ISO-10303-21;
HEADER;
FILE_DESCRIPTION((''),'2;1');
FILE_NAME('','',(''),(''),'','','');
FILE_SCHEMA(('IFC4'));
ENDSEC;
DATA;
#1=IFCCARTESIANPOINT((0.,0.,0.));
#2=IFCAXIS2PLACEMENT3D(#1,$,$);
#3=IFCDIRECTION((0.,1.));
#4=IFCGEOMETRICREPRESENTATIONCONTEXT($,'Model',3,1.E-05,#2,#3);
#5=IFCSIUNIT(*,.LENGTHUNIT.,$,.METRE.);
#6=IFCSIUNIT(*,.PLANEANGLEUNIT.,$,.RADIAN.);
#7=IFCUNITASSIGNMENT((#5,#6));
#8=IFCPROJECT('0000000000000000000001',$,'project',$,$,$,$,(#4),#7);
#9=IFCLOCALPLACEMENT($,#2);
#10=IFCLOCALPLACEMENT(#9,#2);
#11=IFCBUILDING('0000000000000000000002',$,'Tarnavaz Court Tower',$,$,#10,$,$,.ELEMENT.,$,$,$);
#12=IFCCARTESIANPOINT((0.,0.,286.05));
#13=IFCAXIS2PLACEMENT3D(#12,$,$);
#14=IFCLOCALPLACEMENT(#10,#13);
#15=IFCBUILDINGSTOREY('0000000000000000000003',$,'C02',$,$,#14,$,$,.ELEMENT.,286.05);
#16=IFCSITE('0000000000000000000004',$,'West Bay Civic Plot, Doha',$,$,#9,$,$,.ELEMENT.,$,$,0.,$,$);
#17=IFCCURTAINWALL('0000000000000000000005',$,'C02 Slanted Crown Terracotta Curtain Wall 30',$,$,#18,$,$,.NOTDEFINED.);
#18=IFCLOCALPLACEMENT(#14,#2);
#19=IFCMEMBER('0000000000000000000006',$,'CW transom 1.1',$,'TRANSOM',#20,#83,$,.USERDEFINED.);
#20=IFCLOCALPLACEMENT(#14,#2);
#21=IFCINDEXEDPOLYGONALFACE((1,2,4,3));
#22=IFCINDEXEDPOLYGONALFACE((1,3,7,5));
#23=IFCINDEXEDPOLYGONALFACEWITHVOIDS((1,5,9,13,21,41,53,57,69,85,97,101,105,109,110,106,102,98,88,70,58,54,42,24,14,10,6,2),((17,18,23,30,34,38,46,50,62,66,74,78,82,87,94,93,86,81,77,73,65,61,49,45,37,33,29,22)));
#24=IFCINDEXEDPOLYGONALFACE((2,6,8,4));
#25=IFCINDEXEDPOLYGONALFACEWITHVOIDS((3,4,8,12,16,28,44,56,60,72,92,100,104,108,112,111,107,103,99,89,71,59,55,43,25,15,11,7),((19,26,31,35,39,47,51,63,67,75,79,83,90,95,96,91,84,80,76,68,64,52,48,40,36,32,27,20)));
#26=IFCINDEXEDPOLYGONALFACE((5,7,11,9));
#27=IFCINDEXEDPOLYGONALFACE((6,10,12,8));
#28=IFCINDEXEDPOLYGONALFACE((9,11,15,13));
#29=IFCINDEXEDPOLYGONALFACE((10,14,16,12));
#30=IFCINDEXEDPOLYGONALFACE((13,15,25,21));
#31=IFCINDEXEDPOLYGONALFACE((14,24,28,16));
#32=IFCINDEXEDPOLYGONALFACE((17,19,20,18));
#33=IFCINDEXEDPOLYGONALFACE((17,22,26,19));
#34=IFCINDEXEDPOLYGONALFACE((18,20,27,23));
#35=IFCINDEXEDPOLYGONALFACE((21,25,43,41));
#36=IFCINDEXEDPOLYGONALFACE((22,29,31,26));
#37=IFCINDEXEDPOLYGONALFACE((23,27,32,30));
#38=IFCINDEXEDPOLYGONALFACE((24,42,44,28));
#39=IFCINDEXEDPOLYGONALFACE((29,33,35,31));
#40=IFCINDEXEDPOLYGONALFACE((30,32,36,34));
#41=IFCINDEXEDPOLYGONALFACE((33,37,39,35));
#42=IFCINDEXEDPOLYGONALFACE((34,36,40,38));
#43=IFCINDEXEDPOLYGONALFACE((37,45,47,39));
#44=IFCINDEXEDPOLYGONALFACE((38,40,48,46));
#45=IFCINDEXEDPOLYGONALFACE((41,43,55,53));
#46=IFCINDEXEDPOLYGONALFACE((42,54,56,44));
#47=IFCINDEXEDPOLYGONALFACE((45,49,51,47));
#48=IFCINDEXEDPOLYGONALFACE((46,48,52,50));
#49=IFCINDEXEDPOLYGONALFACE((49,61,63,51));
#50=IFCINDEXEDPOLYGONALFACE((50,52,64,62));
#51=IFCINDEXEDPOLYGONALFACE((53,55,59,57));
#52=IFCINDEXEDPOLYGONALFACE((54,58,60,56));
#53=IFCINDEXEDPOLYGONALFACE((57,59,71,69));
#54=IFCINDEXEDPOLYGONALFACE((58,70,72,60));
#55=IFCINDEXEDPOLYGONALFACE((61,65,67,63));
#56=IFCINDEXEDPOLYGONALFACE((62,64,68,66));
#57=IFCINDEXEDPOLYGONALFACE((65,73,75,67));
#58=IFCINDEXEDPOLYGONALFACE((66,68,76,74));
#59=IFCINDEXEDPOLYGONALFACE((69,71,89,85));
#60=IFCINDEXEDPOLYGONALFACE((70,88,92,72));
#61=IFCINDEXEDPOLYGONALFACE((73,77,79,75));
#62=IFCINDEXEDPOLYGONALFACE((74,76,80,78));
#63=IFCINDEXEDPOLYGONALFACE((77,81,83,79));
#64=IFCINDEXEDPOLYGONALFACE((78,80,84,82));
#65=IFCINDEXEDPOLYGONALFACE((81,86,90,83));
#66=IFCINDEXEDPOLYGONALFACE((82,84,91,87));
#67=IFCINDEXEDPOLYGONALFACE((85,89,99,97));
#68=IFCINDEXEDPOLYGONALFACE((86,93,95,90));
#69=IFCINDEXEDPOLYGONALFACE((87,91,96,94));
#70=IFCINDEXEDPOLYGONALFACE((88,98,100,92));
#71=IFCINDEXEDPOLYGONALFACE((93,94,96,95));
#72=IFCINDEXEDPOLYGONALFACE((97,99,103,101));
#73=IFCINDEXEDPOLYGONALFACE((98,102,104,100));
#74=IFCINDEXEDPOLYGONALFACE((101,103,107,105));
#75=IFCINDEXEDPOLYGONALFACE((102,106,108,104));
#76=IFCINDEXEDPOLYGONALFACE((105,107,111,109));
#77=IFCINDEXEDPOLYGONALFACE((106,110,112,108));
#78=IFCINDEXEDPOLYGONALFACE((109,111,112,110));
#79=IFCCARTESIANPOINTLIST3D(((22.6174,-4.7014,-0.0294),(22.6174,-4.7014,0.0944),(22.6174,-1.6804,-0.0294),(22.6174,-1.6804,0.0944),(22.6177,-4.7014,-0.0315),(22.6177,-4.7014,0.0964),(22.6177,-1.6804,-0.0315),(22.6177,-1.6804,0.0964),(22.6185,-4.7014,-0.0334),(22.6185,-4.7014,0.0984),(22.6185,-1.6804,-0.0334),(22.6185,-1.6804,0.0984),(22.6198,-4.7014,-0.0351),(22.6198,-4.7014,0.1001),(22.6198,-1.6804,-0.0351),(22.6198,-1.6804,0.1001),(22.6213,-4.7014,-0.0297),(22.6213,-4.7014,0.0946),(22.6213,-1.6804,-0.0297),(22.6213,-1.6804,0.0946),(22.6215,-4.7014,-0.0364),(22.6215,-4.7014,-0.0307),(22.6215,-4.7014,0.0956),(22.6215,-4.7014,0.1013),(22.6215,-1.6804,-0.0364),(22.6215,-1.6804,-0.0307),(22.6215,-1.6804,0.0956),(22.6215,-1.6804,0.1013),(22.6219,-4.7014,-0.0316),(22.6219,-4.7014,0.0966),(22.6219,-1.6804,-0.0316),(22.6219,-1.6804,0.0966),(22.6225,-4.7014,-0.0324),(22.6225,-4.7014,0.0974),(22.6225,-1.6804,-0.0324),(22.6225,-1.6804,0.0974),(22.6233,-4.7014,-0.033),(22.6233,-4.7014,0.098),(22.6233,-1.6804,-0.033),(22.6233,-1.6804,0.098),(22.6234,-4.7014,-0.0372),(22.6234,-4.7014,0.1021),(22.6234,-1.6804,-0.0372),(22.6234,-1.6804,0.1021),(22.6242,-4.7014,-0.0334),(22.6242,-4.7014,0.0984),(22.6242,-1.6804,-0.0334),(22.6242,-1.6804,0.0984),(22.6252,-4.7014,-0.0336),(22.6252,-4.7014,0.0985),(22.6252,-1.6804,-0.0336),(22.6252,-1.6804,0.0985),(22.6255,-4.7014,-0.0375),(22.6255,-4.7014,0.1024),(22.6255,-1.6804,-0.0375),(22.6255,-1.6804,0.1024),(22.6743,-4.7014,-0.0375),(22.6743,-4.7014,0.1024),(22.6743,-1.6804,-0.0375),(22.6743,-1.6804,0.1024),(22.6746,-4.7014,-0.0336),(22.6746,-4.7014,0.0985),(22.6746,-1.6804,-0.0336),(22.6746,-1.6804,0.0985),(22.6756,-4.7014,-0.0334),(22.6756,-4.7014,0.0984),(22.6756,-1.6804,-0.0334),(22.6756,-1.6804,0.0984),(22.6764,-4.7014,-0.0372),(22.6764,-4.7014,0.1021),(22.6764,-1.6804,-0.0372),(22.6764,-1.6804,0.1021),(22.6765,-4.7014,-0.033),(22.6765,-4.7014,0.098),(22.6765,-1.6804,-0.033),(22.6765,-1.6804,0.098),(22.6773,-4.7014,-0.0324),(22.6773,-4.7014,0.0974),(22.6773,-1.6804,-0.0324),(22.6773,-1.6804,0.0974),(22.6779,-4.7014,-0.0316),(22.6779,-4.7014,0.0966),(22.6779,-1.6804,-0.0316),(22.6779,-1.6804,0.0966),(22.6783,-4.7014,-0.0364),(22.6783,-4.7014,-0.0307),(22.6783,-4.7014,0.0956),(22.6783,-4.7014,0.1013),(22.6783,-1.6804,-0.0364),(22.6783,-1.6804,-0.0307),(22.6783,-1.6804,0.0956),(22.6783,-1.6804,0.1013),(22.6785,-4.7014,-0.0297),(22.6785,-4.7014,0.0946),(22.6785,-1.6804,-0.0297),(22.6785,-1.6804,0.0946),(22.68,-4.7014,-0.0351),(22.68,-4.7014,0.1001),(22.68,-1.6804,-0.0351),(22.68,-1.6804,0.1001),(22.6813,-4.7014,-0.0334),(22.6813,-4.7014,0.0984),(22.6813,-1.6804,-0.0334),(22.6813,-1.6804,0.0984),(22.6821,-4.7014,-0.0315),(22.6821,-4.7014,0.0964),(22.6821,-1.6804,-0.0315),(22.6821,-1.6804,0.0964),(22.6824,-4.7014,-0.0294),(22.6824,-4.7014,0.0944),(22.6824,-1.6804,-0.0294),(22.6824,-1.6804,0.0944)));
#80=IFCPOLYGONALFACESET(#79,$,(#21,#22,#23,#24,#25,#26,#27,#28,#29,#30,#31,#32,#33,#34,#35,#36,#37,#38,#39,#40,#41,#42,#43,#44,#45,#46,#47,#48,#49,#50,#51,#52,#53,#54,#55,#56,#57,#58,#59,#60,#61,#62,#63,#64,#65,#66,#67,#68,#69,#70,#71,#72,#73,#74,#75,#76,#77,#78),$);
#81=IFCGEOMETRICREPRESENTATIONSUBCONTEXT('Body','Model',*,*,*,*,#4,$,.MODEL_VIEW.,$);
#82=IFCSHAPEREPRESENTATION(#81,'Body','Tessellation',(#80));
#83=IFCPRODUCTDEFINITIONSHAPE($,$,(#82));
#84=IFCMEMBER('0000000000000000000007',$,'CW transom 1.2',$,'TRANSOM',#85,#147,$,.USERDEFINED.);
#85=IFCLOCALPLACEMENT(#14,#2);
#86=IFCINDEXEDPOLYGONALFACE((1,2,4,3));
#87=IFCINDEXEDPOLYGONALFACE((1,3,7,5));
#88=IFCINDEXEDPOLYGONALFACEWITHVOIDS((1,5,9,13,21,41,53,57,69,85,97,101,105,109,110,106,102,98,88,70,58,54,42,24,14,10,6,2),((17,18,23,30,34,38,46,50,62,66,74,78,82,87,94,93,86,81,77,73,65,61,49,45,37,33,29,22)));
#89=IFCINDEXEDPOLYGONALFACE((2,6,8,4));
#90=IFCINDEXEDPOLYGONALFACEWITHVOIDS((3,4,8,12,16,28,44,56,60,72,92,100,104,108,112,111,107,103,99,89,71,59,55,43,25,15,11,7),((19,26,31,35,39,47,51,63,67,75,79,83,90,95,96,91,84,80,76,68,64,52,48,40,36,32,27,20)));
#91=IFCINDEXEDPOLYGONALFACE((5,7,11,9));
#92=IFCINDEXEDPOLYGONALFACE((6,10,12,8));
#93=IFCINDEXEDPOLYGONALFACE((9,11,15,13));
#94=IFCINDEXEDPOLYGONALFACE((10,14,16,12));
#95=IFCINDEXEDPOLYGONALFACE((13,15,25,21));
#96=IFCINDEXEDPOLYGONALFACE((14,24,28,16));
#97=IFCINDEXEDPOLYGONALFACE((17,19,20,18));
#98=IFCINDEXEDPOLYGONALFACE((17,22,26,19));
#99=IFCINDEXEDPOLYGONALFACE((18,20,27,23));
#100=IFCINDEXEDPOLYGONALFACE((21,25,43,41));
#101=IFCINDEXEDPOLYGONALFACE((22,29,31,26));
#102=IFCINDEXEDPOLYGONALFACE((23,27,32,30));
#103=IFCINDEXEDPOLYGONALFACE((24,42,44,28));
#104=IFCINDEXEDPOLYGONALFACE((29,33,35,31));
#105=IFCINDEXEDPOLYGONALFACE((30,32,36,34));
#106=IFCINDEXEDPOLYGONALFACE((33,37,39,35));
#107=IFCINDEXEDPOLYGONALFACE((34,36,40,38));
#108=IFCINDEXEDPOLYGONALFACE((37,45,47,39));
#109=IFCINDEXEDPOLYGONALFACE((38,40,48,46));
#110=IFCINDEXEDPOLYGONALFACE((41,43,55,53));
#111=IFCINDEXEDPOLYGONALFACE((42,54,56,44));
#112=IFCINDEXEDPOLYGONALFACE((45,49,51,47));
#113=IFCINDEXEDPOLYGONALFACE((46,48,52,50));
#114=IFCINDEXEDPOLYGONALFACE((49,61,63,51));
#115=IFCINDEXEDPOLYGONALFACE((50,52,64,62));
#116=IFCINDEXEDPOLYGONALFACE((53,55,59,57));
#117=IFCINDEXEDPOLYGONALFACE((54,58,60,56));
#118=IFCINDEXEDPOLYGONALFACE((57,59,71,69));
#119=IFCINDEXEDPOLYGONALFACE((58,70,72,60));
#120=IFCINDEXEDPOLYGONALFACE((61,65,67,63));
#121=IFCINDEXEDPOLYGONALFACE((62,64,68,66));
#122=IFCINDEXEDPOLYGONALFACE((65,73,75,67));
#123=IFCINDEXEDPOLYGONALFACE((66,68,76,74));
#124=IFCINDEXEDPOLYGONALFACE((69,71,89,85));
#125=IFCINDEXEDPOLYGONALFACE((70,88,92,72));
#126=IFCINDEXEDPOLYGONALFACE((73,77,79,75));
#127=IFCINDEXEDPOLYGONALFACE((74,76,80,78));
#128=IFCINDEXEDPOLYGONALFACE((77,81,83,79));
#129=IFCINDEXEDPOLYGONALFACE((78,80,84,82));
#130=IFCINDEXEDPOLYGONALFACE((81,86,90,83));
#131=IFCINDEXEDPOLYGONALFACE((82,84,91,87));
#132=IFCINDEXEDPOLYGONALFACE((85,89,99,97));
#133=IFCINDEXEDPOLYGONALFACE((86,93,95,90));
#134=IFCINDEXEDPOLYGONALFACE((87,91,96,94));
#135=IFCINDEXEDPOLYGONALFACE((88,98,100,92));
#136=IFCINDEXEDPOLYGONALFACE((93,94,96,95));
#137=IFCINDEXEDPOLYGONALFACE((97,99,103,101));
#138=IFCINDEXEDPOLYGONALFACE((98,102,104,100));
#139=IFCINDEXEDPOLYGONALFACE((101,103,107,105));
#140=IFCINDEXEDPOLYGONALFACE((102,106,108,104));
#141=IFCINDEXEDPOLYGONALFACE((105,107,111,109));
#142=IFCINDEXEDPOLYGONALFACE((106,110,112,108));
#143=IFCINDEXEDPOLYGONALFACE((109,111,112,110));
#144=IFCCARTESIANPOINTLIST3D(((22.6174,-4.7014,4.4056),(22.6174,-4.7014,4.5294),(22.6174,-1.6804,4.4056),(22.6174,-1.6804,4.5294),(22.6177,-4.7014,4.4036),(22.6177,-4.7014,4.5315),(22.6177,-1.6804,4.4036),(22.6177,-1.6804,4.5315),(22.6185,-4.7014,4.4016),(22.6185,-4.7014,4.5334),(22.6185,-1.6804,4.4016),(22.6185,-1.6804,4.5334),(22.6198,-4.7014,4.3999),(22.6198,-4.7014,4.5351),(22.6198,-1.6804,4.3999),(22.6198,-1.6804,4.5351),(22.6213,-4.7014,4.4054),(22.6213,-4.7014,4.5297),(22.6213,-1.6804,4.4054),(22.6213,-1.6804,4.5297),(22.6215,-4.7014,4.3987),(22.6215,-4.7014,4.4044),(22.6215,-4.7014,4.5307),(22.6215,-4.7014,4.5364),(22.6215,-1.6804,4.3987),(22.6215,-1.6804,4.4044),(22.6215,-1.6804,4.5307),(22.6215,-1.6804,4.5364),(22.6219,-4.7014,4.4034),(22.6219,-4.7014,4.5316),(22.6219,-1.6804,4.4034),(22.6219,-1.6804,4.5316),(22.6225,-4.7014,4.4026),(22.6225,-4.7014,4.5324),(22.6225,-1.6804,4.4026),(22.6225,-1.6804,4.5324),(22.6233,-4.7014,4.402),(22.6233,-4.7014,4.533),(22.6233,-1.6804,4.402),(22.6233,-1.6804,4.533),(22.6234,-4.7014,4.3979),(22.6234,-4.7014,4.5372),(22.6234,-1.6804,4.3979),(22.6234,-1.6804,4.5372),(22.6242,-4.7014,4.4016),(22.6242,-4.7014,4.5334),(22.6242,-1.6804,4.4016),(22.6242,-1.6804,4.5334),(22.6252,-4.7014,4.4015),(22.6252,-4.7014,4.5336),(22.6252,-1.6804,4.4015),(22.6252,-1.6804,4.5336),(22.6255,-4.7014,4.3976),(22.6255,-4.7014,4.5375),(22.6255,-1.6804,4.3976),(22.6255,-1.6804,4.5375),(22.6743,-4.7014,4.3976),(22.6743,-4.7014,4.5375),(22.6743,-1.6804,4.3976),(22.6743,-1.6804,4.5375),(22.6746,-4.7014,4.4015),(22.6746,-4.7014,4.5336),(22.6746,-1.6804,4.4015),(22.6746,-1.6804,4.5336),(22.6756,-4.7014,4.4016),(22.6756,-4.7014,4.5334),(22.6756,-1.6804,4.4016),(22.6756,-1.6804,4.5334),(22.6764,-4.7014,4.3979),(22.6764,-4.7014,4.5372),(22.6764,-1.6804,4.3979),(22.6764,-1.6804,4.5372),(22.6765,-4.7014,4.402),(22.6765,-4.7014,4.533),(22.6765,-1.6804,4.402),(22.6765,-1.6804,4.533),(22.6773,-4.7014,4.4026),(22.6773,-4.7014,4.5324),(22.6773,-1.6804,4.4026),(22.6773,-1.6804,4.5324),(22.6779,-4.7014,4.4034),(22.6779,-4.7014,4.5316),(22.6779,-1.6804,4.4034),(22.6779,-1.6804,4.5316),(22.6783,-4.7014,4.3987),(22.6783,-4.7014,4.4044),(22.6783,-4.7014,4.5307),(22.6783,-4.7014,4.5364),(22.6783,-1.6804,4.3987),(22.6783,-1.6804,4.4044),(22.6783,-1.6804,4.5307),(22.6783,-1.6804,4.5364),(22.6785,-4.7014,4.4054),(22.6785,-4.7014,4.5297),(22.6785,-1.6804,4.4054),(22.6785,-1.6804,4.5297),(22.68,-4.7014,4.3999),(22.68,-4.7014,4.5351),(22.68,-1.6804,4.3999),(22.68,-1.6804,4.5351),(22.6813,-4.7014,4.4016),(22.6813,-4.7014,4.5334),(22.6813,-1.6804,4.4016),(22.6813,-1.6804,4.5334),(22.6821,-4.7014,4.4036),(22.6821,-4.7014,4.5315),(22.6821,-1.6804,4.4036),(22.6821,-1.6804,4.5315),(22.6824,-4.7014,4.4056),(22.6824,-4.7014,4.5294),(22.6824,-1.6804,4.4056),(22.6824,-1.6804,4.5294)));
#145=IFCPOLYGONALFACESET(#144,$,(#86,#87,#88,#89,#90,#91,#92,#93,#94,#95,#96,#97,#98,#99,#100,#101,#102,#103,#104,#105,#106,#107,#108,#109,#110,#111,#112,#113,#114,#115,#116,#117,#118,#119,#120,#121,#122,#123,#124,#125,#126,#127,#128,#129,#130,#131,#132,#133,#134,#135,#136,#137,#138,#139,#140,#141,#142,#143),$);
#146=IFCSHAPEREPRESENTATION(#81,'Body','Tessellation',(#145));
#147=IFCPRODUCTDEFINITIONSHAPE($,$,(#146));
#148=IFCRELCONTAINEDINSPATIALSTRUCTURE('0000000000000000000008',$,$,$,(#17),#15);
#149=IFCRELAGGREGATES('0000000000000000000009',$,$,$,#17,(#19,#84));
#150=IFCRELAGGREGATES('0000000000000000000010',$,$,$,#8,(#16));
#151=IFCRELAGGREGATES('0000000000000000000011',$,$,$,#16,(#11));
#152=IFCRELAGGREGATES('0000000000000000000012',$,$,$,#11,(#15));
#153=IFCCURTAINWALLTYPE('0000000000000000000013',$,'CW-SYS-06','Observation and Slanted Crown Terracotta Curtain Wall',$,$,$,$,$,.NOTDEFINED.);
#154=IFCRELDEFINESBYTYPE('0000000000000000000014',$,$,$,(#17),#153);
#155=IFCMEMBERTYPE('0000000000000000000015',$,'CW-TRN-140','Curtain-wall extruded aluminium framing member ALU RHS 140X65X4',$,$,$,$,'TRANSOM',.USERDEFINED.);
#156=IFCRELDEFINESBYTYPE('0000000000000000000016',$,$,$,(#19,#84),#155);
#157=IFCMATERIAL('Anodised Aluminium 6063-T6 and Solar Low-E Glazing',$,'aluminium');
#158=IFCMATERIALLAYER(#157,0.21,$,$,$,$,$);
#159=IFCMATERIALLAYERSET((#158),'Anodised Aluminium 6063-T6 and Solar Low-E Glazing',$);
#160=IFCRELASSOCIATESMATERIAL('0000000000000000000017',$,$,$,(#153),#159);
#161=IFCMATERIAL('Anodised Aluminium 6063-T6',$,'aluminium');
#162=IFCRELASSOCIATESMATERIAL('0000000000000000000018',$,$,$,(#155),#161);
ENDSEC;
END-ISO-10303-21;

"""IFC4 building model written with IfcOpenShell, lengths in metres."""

from ifc_helpers import new_model, si_unit, direction, frame, origin, origin_2d, place, context, subcontext, project, spatial, hollow_rectangle, extrude, material, layer, layer_set, material_profile, profile_set, type_object, element, aggregate, save


model = new_model("IFC4")

# Units and contexts
model_context = context("Model", 3, precision=1e-05, world=origin(), true_north=direction((0.0, 1.0)))
body_context = subcontext(model_context, "Body", "Model", "MODEL_VIEW")
ifc_project = project(units=[si_unit("LENGTHUNIT", "METRE"), si_unit("PLANEANGLEUNIT", "RADIAN")], contexts=[model_context])

# Site, building, storey
site_placement = place(None, origin())
site = spatial("IfcSite", under=ifc_project, at=site_placement, Name="West Bay Civic Plot, Doha", CompositionType="ELEMENT", RefElevation=0.0)
building_placement = place(site_placement, origin())
building = spatial("IfcBuilding", under=site, at=building_placement, Name="Tarnavaz Court Tower", CompositionType="ELEMENT")
storey_placement = place(building_placement, frame((0.0, 0.0, 286.05)))
storey = spatial("IfcBuildingStorey", under=building, at=storey_placement, Name="C02", CompositionType="ELEMENT", Elevation=286.05)

# Shared definitions
ifc_material_1 = material(Name="Anodised Aluminium 6063-T6 and Solar Low-E Glazing", Category="aluminium")
ifc_layer_1 = layer(ifc_material_1, 0.21)
ifc_layer_set_1 = layer_set([ifc_layer_1], Name="Anodised Aluminium 6063-T6 and Solar Low-E Glazing")
curtain_wall_type = type_object("IfcCurtainWallType", Name="CW-SYS-06", Description="Observation and Slanted Crown Terracotta Curtain Wall", PredefinedType="NOTDEFINED", material=ifc_layer_set_1)
ifc_material_2 = material(Name="Anodised Aluminium 6063-T6", Category="aluminium")

# Curtain wall
curtain_wall_1_placement = place(storey_placement, origin())
curtain_wall_1 = element("IfcCurtainWall", 1, at=curtain_wall_1_placement, inside=storey, type_object=curtain_wall_type, Name="C02 Slanted Crown Terracotta Curtain Wall 30", PredefinedType="NOTDEFINED")

# Members
ifc_material_profile_1 = material_profile(ifc_material_2, hollow_rectangle(XDim=0.0649, YDim=0.1399, WallThickness=0.0039, InnerFilletRadius=0.0039, OuterFilletRadius=0.0081, at=origin_2d()), Name="ALU RHS 140X65X4")
ifc_profile_set_1 = profile_set([ifc_material_profile_1], Name="Anodised Aluminium 6063-T6")
member_type_1 = type_object("IfcMemberType", Name="CW-TRN-140", Description="Curtain-wall extruded aluminium framing member ALU RHS 140X65X4", ElementType="TRANSOM", PredefinedType="USERDEFINED", material=ifc_profile_set_1)
member_1_placement = place(storey_placement, frame((22.6499, -1.6804, 0.0325), z_axis=(0.0, -1.0, 0.0), x_axis=(1.0, 0.0, 0.0)))
member_1 = element("IfcMember", 2, at=member_1_placement, type_object=member_type_1, Name="CW transom 1.1", ObjectType="TRANSOM", PredefinedType="USERDEFINED", context=body_context, shape_type="SweptSolid", body=[
    extrude(hollow_rectangle(XDim=0.0649, YDim=0.1399, WallThickness=0.0039, InnerFilletRadius=0.0039, OuterFilletRadius=0.0081, at=origin_2d()), origin(), (0.0, 0.0, 1.0), 3.021),
])
member_2_placement = place(storey_placement, frame((22.6499, -1.6804, 4.4675), z_axis=(0.0, -1.0, 0.0), x_axis=(1.0, 0.0, 0.0)))
member_2 = element("IfcMember", 3, at=member_2_placement, type_object=member_type_1, Name="CW transom 1.2", ObjectType="TRANSOM", PredefinedType="USERDEFINED", context=body_context, shape_type="SweptSolid", body=[
    extrude(hollow_rectangle(XDim=0.0649, YDim=0.1399, WallThickness=0.0039, InnerFilletRadius=0.0039, OuterFilletRadius=0.0081, at=origin_2d()), origin(), (0.0, 0.0, 1.0), 3.021),
])

aggregate(curtain_wall_1, [member_1, member_2])

save(model, "model.ifc")
